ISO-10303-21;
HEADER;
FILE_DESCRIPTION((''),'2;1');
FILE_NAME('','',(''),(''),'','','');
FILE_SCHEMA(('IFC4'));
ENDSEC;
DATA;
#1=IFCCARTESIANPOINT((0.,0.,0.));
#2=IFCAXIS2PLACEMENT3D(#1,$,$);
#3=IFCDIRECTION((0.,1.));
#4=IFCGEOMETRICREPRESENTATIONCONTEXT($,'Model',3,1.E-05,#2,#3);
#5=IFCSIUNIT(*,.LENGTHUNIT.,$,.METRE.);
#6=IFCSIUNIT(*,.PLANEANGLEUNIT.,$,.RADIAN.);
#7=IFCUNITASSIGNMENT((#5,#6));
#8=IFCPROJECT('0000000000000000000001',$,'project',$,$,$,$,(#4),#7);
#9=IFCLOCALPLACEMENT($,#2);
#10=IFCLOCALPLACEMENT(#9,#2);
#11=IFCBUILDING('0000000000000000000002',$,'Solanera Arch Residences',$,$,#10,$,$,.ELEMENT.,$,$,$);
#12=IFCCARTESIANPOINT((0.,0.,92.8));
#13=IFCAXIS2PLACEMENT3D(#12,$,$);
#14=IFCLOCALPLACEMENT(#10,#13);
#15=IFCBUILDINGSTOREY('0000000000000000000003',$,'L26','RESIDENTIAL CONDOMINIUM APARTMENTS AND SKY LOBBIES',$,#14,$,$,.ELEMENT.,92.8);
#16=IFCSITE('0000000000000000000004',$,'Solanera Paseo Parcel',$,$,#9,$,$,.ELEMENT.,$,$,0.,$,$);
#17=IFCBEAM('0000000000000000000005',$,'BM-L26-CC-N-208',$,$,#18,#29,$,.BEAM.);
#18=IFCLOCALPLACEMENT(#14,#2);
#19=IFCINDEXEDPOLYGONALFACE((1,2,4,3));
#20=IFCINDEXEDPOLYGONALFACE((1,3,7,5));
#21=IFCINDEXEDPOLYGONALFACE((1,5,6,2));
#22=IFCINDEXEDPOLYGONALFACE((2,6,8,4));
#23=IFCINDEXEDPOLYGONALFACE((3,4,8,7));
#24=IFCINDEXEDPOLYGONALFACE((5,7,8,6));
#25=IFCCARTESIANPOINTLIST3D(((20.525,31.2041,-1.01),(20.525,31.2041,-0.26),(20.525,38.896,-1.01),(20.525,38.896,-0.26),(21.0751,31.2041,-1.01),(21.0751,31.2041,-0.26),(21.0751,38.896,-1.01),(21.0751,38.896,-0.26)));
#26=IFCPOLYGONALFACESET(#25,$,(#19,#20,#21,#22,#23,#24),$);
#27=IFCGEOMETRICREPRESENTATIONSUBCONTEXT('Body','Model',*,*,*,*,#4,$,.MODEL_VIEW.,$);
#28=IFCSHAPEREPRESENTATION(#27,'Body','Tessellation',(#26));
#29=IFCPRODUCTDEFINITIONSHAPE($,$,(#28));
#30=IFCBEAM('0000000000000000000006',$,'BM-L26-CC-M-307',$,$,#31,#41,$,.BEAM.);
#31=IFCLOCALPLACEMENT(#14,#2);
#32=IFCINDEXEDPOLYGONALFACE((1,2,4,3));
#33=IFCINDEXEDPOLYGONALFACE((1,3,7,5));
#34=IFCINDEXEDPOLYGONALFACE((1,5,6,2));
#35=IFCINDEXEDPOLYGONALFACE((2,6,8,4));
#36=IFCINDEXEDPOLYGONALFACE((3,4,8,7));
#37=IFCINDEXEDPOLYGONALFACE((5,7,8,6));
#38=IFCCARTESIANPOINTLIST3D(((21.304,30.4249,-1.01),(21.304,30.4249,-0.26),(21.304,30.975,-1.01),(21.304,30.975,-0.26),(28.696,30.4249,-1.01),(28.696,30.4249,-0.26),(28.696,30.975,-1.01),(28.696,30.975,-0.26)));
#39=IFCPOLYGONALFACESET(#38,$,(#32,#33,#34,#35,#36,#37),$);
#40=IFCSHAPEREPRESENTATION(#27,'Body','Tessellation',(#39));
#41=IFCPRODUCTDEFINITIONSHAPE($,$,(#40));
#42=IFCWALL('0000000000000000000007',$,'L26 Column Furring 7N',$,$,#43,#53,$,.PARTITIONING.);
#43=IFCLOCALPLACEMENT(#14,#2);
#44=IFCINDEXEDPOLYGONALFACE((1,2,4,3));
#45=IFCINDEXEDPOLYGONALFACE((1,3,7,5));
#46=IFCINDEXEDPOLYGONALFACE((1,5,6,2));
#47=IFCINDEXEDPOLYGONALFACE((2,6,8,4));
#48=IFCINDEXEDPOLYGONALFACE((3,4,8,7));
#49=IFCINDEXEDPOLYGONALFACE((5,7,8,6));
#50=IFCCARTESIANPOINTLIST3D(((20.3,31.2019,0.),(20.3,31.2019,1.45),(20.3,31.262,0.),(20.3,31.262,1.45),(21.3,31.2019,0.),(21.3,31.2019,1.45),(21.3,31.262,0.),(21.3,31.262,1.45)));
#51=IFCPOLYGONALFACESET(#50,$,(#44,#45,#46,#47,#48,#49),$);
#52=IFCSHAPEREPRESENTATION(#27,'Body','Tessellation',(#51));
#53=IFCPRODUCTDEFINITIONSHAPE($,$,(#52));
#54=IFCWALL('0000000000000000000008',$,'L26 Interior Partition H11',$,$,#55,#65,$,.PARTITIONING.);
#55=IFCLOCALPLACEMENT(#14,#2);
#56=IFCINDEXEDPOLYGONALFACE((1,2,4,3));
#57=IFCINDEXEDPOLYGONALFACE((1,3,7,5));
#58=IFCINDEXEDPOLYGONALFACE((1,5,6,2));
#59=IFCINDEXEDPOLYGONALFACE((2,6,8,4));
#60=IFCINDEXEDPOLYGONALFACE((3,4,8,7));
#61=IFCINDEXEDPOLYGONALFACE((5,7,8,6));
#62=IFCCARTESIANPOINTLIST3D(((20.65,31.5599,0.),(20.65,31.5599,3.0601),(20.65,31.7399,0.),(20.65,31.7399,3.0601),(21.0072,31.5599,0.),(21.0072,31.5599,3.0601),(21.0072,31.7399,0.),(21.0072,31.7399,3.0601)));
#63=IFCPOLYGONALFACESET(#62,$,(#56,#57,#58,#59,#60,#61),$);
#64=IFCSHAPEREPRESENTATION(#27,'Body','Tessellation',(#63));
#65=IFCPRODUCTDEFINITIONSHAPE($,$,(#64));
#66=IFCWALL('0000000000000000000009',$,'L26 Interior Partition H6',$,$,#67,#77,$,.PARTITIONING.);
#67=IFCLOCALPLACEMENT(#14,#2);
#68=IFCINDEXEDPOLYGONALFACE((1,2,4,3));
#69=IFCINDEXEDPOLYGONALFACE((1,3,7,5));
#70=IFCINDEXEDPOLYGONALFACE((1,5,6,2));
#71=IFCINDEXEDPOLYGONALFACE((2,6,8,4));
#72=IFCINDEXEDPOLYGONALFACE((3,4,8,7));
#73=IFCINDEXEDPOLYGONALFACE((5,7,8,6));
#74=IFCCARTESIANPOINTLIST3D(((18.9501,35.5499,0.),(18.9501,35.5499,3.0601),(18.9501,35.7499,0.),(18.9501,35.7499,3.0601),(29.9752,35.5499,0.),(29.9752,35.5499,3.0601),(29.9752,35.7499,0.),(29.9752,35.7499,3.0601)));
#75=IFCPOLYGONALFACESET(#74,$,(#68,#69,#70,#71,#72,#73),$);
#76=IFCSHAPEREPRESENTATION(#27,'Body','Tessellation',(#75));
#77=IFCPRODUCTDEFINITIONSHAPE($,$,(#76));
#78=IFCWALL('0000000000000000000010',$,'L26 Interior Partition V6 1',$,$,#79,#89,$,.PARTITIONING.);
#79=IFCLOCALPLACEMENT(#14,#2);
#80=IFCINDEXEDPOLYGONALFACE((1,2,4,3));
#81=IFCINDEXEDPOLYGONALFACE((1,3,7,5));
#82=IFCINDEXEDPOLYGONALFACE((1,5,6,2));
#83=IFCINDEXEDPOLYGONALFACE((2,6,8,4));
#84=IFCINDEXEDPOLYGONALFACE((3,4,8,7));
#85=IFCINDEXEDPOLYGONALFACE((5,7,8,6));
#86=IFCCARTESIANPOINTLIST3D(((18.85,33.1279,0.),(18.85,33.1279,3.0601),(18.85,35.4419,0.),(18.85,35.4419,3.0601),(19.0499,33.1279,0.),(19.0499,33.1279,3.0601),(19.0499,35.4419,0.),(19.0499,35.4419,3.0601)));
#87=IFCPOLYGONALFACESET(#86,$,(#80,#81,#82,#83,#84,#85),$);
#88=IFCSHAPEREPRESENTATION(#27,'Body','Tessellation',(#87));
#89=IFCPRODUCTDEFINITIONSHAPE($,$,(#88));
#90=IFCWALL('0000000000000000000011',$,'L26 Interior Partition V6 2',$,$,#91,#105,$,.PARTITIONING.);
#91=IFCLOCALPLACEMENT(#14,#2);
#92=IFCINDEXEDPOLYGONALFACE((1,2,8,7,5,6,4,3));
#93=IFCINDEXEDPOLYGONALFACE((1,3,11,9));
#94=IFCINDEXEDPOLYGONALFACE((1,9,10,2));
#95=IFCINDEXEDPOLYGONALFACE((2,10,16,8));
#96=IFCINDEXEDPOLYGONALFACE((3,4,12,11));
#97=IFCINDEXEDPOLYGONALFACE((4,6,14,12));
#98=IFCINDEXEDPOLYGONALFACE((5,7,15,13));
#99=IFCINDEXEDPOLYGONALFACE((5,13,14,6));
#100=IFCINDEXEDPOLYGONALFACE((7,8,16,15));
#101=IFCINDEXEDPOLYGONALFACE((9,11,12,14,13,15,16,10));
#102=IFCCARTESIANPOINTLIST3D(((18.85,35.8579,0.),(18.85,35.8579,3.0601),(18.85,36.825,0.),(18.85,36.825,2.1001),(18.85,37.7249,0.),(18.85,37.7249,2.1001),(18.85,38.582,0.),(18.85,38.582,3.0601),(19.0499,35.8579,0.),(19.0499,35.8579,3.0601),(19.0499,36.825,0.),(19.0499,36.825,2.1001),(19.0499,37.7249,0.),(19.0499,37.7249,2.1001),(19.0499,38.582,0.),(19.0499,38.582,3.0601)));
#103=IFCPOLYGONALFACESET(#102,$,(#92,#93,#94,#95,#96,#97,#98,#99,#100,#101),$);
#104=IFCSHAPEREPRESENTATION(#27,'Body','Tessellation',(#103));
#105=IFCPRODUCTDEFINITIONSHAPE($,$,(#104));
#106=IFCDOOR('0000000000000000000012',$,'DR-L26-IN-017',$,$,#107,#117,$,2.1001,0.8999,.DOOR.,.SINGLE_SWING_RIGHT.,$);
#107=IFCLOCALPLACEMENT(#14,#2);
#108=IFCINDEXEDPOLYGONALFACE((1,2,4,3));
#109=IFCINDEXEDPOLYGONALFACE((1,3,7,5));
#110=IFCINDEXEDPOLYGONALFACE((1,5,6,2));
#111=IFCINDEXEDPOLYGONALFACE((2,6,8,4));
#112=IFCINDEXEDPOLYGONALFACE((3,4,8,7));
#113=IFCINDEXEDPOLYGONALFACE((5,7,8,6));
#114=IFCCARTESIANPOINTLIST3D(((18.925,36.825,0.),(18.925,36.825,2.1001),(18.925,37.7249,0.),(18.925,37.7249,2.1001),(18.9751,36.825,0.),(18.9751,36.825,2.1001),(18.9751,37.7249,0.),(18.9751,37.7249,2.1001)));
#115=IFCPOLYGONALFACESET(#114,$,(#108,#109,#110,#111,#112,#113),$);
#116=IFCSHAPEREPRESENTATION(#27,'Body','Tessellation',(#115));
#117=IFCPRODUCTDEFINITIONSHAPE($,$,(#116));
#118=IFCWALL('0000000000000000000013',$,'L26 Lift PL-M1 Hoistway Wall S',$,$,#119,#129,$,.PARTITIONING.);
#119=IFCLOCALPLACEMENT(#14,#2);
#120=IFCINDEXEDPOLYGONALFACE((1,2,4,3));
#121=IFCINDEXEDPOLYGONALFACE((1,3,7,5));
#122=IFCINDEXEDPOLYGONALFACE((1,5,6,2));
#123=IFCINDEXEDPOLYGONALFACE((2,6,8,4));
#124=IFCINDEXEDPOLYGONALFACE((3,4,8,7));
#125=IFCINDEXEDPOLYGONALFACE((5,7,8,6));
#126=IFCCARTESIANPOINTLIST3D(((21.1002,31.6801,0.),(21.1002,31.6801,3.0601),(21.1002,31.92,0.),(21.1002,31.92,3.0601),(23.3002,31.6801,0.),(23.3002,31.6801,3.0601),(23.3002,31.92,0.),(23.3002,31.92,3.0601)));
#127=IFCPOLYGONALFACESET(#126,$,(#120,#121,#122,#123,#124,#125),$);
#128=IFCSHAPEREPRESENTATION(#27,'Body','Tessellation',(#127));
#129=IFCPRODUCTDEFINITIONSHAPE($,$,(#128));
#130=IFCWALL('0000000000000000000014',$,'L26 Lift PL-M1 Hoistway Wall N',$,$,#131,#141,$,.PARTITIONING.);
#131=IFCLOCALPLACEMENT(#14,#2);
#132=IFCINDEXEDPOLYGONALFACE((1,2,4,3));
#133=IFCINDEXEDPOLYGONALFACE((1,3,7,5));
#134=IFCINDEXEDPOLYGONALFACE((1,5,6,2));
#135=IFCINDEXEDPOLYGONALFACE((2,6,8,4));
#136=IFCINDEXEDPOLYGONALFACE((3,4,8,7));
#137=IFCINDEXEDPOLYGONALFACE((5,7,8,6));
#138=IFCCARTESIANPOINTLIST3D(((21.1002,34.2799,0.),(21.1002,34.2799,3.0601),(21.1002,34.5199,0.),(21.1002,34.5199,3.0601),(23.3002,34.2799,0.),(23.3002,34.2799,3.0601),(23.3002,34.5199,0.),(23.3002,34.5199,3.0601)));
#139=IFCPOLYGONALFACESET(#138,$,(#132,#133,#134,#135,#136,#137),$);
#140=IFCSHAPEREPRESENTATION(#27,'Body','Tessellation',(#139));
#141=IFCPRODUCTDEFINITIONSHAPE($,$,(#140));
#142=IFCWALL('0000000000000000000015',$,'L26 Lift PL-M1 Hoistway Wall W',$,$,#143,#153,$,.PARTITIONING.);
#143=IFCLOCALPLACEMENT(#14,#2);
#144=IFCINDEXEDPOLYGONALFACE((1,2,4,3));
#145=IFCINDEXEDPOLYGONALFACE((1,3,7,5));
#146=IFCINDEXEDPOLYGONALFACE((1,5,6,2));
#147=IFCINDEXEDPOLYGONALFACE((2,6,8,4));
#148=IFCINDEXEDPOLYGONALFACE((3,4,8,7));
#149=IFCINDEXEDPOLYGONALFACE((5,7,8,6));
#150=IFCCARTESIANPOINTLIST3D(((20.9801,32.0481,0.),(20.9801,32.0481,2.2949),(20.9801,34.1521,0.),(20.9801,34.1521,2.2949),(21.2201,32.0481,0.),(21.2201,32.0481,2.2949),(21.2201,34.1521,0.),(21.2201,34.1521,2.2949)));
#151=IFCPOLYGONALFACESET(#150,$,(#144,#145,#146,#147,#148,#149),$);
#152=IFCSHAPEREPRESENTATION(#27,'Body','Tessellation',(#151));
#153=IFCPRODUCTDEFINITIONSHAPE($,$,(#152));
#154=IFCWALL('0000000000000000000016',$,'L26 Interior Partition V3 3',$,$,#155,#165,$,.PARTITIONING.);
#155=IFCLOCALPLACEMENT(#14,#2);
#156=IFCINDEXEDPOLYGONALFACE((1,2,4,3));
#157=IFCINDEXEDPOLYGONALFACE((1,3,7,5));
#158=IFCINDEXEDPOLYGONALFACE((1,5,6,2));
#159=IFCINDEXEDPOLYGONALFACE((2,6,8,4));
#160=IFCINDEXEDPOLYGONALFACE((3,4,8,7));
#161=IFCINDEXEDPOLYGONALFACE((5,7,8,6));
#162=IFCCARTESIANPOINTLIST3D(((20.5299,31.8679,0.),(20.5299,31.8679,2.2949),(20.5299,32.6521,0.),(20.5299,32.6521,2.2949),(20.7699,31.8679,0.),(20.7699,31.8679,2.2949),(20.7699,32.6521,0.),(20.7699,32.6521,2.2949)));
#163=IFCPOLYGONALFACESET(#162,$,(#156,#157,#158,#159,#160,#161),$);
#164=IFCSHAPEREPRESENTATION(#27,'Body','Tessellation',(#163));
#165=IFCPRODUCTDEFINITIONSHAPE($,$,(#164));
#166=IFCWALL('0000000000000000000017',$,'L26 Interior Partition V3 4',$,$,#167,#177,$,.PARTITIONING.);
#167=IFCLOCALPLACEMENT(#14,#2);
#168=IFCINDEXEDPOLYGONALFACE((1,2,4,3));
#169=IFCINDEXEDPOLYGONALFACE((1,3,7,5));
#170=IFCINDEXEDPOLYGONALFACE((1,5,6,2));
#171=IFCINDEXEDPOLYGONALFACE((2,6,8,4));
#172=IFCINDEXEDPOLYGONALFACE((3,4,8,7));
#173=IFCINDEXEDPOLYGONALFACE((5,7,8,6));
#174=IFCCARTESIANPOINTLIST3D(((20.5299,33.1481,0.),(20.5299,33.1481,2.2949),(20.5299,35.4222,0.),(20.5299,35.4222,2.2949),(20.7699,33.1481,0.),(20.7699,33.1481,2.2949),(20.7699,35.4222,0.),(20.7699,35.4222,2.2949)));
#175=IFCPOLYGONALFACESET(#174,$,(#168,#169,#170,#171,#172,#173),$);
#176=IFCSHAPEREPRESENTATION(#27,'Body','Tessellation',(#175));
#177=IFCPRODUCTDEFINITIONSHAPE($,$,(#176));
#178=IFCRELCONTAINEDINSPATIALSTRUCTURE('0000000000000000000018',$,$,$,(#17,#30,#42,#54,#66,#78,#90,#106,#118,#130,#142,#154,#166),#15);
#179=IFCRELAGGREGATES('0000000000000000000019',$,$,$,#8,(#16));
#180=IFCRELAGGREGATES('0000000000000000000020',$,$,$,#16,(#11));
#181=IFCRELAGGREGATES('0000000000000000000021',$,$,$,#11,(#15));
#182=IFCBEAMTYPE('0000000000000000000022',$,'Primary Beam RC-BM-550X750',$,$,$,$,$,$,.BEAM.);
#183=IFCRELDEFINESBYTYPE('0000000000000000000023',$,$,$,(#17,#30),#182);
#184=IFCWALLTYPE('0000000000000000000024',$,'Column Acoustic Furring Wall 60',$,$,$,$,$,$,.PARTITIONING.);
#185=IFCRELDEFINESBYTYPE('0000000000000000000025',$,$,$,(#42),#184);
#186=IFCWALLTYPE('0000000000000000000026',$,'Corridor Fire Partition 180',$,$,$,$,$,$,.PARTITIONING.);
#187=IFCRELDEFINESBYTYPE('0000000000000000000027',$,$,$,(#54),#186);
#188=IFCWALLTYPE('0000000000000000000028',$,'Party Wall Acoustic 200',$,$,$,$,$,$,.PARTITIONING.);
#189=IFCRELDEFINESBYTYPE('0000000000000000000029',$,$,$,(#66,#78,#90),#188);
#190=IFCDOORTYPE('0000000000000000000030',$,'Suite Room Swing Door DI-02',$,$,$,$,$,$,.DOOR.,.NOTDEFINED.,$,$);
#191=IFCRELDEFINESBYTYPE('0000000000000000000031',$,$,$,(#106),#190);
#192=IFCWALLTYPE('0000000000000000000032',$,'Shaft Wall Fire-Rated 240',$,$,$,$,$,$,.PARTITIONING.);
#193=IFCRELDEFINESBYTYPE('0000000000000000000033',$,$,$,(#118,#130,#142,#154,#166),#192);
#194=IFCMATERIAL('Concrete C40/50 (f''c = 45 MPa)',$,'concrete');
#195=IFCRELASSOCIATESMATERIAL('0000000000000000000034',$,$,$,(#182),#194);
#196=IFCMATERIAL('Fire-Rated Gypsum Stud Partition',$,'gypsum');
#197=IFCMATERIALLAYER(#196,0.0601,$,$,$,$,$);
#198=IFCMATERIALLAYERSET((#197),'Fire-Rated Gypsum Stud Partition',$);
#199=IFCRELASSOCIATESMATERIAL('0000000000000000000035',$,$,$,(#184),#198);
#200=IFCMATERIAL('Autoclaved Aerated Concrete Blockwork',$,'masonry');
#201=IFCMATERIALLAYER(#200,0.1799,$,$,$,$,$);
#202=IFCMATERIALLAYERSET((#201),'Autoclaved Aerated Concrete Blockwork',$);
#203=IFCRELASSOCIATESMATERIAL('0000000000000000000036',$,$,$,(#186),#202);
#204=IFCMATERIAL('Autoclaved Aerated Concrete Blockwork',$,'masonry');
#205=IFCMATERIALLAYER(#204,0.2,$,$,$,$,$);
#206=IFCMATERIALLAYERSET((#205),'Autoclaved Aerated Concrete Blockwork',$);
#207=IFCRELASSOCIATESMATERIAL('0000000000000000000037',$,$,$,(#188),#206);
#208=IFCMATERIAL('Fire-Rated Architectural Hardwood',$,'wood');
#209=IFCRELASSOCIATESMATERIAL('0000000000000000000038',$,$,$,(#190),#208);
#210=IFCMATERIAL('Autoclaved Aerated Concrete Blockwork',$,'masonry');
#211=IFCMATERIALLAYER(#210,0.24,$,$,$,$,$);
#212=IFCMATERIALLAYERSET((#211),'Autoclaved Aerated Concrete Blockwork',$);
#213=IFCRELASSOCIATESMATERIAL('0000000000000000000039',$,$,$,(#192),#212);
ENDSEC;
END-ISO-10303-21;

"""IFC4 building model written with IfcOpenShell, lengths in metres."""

from ifc_helpers import new_model, si_unit, direction, frame, frame_2d, origin, origin_2d, place, context, subcontext, project, spatial, rectangle, extrude, material, layer, layer_set, material_profile, profile_set, type_object, element, fill, save


model = new_model("IFC4")

# Units and contexts
model_context = context("Model", 3, precision=1e-05, world=origin(), true_north=direction((0.0, 1.0)))
body_context = subcontext(model_context, "Body", "Model", "MODEL_VIEW")
ifc_project = project(units=[si_unit("LENGTHUNIT", "METRE"), si_unit("PLANEANGLEUNIT", "RADIAN")], contexts=[model_context])

# Site, building, storey
site_placement = place(None, origin())
site = spatial("IfcSite", under=ifc_project, at=site_placement, Name="Solanera Paseo Parcel", CompositionType="ELEMENT", RefElevation=0.0)
building_placement = place(site_placement, origin())
building = spatial("IfcBuilding", under=site, at=building_placement, Name="Solanera Arch Residences", CompositionType="ELEMENT")
storey_placement = place(building_placement, frame((0.0, 0.0, 92.8)))
storey = spatial("IfcBuildingStorey", under=building, at=storey_placement, Name="L26", Description="RESIDENTIAL CONDOMINIUM APARTMENTS AND SKY LOBBIES", CompositionType="ELEMENT", Elevation=92.8)

# Beams
ifc_material_1 = material(Name="Concrete C40/50 (f'c = 45 MPa)", Category="concrete")
ifc_material_profile = material_profile(ifc_material_1, rectangle(XDim=0.55, YDim=0.75, at=origin_2d()))
ifc_profile_set = profile_set([ifc_material_profile], Name="Concrete C40/50 (f'c = 45 MPa)")
beam_type = type_object("IfcBeamType", Name="Primary Beam RC-BM-550X750", PredefinedType="BEAM", material=ifc_profile_set)
beam_1_placement = place(storey_placement, frame((20.8, 31.2041, -0.635), z_axis=(0.0, 1.0, 0.0), x_axis=(-1.0, 0.0, 0.0)))
element("IfcBeam", 1, at=beam_1_placement, inside=storey, type_object=beam_type, Name="BM-L26-CC-N-208", PredefinedType="BEAM", context=body_context, shape_type="SweptSolid", body=[
    extrude(rectangle(XDim=0.55, YDim=0.75, at=origin_2d()), origin(), (0.0, 0.0, 1.0), 7.6919),
])
beam_2_placement = place(storey_placement, frame((21.304, 30.7, -0.635), z_axis=(1.0, 0.0, 0.0), x_axis=(0.0, 1.0, 0.0)))
element("IfcBeam", 2, at=beam_2_placement, inside=storey, type_object=beam_type, Name="BM-L26-CC-M-307", PredefinedType="BEAM", context=body_context, shape_type="SweptSolid", body=[
    extrude(rectangle(XDim=0.55, YDim=0.75, at=origin_2d()), origin(), (0.0, 0.0, 1.0), 7.3921),
])

# Wall
ifc_material_2 = material(Name="Fire-Rated Gypsum Stud Partition", Category="gypsum")
ifc_layer_1 = layer(ifc_material_2, 0.0601)
ifc_layer_set_1 = layer_set([ifc_layer_1], Name="Fire-Rated Gypsum Stud Partition")
wall_type_1 = type_object("IfcWallType", Name="Column Acoustic Furring Wall 60", PredefinedType="PARTITIONING", material=ifc_layer_set_1)
wall_1_placement = place(storey_placement, frame((20.3, 31.2319, 0.0), z_axis=(0.0, 0.0, 1.0), x_axis=(1.0, 0.0, 0.0)))
element("IfcWall", 3, at=wall_1_placement, inside=storey, type_object=wall_type_1, Name="L26 Column Furring 7N", PredefinedType="PARTITIONING", context=body_context, shape_type="SweptSolid", body=[
    extrude(rectangle(XDim=1.0, YDim=0.0601, at=frame_2d((0.5, 0.0))), origin(), (0.0, 0.0, 1.0), 1.45),
])

# Walls
ifc_material_3 = material(Name="Autoclaved Aerated Concrete Blockwork", Category="masonry")
ifc_layer_2 = layer(ifc_material_3, 0.1799)
ifc_layer_set_2 = layer_set([ifc_layer_2], Name="Autoclaved Aerated Concrete Blockwork")
wall_type_2 = type_object("IfcWallType", Name="Corridor Fire Partition 180", PredefinedType="PARTITIONING", material=ifc_layer_set_2)
wall_2_placement = place(storey_placement, frame((20.6499, 31.6499, 0.0), z_axis=(0.0, 0.0, 1.0), x_axis=(1.0, 0.0, 0.0)))
element("IfcWall", 4, at=wall_2_placement, inside=storey, type_object=wall_type_2, Name="L26 Interior Partition H11", PredefinedType="PARTITIONING", context=body_context, shape_type="SweptSolid", body=[
    extrude(rectangle(XDim=0.3572, YDim=0.1799, at=frame_2d((0.1787, 0.0))), origin(), (0.0, 0.0, 1.0), 3.0601),
])
ifc_material_4 = material(Name="Autoclaved Aerated Concrete Blockwork", Category="masonry")
ifc_layer_3 = layer(ifc_material_4, 0.2)
ifc_layer_set_3 = layer_set([ifc_layer_3], Name="Autoclaved Aerated Concrete Blockwork")
wall_type_3 = type_object("IfcWallType", Name="Party Wall Acoustic 200", PredefinedType="PARTITIONING", material=ifc_layer_set_3)
wall_3_placement = place(storey_placement, frame((18.95, 35.6499, 0.0), z_axis=(0.0, 0.0, 1.0), x_axis=(1.0, 0.0, 0.0)))
element("IfcWall", 5, at=wall_3_placement, inside=storey, type_object=wall_type_3, Name="L26 Interior Partition H6", PredefinedType="PARTITIONING", context=body_context, shape_type="SweptSolid", body=[
    extrude(rectangle(XDim=11.0251, YDim=0.2, at=frame_2d((5.5127, 0.0))), origin(), (0.0, 0.0, 1.0), 3.0601),
])
wall_4_placement = place(storey_placement, frame((18.95, 33.1279, 0.0), z_axis=(0.0, 0.0, 1.0), x_axis=(0.0, 1.0, 0.0)))
element("IfcWall", 6, at=wall_4_placement, inside=storey, type_object=wall_type_3, Name="L26 Interior Partition V6 1", PredefinedType="PARTITIONING", context=body_context, shape_type="SweptSolid", body=[
    extrude(rectangle(XDim=2.314, YDim=0.2, at=frame_2d((1.157, 0.0))), origin(), (0.0, 0.0, 1.0), 3.0601),
])

# Wall, opening, door
wall_5_placement = place(storey_placement, frame((18.95, 35.8579, 0.0), z_axis=(0.0, 0.0, 1.0), x_axis=(0.0, 1.0, 0.0)))
wall_5 = element("IfcWall", 7, at=wall_5_placement, inside=storey, type_object=wall_type_3, Name="L26 Interior Partition V6 2", PredefinedType="PARTITIONING", context=body_context, shape_type="SweptSolid", body=[
    extrude(rectangle(XDim=2.7241, YDim=0.2, at=frame_2d((1.3621, 0.0))), origin(), (0.0, 0.0, 1.0), 3.0601),
])
opening_1_placement = place(wall_5_placement, frame((0.967, 0.0, 0.0)))
opening_1 = element("IfcOpeningElement", 8, at=opening_1_placement, cuts=wall_5, PredefinedType="OPENING", context=body_context, shape_type="SweptSolid", body=[
    extrude(rectangle(XDim=0.8999, YDim=2.1001, at=frame_2d((0.45, 1.05))), frame((0.0, 0.1101, 0.0), z_axis=(0.0, -1.0, 0.0), x_axis=(1.0, 0.0, 0.0)), (0.0, 0.0, 1.0), 0.22),
])
ifc_material_5 = material(Name="Fire-Rated Architectural Hardwood", Category="wood")
door_type_1 = type_object("IfcDoorType", Name="Suite Room Swing Door DI-02", OperationType="NOTDEFINED", PredefinedType="DOOR", material=ifc_material_5)
door_1_placement = place(opening_1_placement, origin())
door_1 = element("IfcDoor", 9, at=door_1_placement, inside=storey, type_object=door_type_1, Name="DR-L26-IN-017", OperationType="SINGLE_SWING_RIGHT", OverallHeight=2.1001, OverallWidth=0.8999, PredefinedType="DOOR", context=body_context, shape_type="SweptSolid", body=[
    extrude(rectangle(XDim=0.8999, YDim=2.1001, at=frame_2d((0.45, 1.05))), frame((0.0, 0.0249, 0.0), z_axis=(0.0, -1.0, 0.0), x_axis=(1.0, 0.0, 0.0)), (0.0, 0.0, 1.0), 0.05),
])
fill(opening_1, door_1)

# Walls
ifc_material_6 = material(Name="Autoclaved Aerated Concrete Blockwork", Category="masonry")
ifc_layer_4 = layer(ifc_material_6, 0.24)
ifc_layer_set_4 = layer_set([ifc_layer_4], Name="Autoclaved Aerated Concrete Blockwork")
wall_type_4 = type_object("IfcWallType", Name="Shaft Wall Fire-Rated 240", PredefinedType="PARTITIONING", material=ifc_layer_set_4)
for number, where, z_axis, x_axis, name in (
    (10, (21.1001, 31.8, 0.0), (0.0, 0.0, 1.0), (1.0, 0.0, 0.0), "L26 Lift PL-M1 Hoistway Wall S"),
    (11, (21.1001, 34.3999, 0.0), (0.0, 0.0, 1.0), (1.0, 0.0, 0.0), "L26 Lift PL-M1 Hoistway Wall N"),
):
    element("IfcWall", number, at=place(storey_placement, frame(where, z_axis=z_axis, x_axis=x_axis)), inside=storey, type_object=wall_type_4, Name=name, PredefinedType="PARTITIONING", context=body_context, shape_type="SweptSolid", body=[
        extrude(rectangle(XDim=2.2, YDim=0.24, at=frame_2d((1.1001, 0.0))), origin(), (0.0, 0.0, 1.0), 3.0601),
    ])
wall_6_placement = place(storey_placement, frame((21.1001, 32.0481, 0.0), z_axis=(0.0, 0.0, 1.0), x_axis=(0.0, 1.0, 0.0)))
element("IfcWall", 12, at=wall_6_placement, inside=storey, type_object=wall_type_4, Name="L26 Lift PL-M1 Hoistway Wall W", PredefinedType="PARTITIONING", context=body_context, shape_type="SweptSolid", body=[
    extrude(rectangle(XDim=2.104, YDim=0.24, at=frame_2d((1.052, 0.0))), origin(), (0.0, 0.0, 1.0), 2.2949),
])

# Walls
wall_7_placement = place(storey_placement, frame((20.6499, 31.8679, 0.0), z_axis=(0.0, 0.0, 1.0), x_axis=(0.0, 1.0, 0.0)))
element("IfcWall", 13, at=wall_7_placement, inside=storey, type_object=wall_type_4, Name="L26 Interior Partition V3 3", PredefinedType="PARTITIONING", context=body_context, shape_type="SweptSolid", body=[
    extrude(rectangle(XDim=0.7842, YDim=0.24, at=frame_2d((0.3921, 0.0))), origin(), (0.0, 0.0, 1.0), 2.2949),
])
wall_8_placement = place(storey_placement, frame((20.6499, 33.1479, 0.0), z_axis=(0.0, 0.0, 1.0), x_axis=(0.0, 1.0, 0.0)))
element("IfcWall", 14, at=wall_8_placement, inside=storey, type_object=wall_type_4, Name="L26 Interior Partition V3 4", PredefinedType="PARTITIONING", context=body_context, shape_type="SweptSolid", body=[
    extrude(rectangle(XDim=2.2742, YDim=0.24, at=frame_2d((1.1372, 0.0))), origin(), (0.0, 0.0, 1.0), 2.2949),
])

save(model, "model.ifc")
